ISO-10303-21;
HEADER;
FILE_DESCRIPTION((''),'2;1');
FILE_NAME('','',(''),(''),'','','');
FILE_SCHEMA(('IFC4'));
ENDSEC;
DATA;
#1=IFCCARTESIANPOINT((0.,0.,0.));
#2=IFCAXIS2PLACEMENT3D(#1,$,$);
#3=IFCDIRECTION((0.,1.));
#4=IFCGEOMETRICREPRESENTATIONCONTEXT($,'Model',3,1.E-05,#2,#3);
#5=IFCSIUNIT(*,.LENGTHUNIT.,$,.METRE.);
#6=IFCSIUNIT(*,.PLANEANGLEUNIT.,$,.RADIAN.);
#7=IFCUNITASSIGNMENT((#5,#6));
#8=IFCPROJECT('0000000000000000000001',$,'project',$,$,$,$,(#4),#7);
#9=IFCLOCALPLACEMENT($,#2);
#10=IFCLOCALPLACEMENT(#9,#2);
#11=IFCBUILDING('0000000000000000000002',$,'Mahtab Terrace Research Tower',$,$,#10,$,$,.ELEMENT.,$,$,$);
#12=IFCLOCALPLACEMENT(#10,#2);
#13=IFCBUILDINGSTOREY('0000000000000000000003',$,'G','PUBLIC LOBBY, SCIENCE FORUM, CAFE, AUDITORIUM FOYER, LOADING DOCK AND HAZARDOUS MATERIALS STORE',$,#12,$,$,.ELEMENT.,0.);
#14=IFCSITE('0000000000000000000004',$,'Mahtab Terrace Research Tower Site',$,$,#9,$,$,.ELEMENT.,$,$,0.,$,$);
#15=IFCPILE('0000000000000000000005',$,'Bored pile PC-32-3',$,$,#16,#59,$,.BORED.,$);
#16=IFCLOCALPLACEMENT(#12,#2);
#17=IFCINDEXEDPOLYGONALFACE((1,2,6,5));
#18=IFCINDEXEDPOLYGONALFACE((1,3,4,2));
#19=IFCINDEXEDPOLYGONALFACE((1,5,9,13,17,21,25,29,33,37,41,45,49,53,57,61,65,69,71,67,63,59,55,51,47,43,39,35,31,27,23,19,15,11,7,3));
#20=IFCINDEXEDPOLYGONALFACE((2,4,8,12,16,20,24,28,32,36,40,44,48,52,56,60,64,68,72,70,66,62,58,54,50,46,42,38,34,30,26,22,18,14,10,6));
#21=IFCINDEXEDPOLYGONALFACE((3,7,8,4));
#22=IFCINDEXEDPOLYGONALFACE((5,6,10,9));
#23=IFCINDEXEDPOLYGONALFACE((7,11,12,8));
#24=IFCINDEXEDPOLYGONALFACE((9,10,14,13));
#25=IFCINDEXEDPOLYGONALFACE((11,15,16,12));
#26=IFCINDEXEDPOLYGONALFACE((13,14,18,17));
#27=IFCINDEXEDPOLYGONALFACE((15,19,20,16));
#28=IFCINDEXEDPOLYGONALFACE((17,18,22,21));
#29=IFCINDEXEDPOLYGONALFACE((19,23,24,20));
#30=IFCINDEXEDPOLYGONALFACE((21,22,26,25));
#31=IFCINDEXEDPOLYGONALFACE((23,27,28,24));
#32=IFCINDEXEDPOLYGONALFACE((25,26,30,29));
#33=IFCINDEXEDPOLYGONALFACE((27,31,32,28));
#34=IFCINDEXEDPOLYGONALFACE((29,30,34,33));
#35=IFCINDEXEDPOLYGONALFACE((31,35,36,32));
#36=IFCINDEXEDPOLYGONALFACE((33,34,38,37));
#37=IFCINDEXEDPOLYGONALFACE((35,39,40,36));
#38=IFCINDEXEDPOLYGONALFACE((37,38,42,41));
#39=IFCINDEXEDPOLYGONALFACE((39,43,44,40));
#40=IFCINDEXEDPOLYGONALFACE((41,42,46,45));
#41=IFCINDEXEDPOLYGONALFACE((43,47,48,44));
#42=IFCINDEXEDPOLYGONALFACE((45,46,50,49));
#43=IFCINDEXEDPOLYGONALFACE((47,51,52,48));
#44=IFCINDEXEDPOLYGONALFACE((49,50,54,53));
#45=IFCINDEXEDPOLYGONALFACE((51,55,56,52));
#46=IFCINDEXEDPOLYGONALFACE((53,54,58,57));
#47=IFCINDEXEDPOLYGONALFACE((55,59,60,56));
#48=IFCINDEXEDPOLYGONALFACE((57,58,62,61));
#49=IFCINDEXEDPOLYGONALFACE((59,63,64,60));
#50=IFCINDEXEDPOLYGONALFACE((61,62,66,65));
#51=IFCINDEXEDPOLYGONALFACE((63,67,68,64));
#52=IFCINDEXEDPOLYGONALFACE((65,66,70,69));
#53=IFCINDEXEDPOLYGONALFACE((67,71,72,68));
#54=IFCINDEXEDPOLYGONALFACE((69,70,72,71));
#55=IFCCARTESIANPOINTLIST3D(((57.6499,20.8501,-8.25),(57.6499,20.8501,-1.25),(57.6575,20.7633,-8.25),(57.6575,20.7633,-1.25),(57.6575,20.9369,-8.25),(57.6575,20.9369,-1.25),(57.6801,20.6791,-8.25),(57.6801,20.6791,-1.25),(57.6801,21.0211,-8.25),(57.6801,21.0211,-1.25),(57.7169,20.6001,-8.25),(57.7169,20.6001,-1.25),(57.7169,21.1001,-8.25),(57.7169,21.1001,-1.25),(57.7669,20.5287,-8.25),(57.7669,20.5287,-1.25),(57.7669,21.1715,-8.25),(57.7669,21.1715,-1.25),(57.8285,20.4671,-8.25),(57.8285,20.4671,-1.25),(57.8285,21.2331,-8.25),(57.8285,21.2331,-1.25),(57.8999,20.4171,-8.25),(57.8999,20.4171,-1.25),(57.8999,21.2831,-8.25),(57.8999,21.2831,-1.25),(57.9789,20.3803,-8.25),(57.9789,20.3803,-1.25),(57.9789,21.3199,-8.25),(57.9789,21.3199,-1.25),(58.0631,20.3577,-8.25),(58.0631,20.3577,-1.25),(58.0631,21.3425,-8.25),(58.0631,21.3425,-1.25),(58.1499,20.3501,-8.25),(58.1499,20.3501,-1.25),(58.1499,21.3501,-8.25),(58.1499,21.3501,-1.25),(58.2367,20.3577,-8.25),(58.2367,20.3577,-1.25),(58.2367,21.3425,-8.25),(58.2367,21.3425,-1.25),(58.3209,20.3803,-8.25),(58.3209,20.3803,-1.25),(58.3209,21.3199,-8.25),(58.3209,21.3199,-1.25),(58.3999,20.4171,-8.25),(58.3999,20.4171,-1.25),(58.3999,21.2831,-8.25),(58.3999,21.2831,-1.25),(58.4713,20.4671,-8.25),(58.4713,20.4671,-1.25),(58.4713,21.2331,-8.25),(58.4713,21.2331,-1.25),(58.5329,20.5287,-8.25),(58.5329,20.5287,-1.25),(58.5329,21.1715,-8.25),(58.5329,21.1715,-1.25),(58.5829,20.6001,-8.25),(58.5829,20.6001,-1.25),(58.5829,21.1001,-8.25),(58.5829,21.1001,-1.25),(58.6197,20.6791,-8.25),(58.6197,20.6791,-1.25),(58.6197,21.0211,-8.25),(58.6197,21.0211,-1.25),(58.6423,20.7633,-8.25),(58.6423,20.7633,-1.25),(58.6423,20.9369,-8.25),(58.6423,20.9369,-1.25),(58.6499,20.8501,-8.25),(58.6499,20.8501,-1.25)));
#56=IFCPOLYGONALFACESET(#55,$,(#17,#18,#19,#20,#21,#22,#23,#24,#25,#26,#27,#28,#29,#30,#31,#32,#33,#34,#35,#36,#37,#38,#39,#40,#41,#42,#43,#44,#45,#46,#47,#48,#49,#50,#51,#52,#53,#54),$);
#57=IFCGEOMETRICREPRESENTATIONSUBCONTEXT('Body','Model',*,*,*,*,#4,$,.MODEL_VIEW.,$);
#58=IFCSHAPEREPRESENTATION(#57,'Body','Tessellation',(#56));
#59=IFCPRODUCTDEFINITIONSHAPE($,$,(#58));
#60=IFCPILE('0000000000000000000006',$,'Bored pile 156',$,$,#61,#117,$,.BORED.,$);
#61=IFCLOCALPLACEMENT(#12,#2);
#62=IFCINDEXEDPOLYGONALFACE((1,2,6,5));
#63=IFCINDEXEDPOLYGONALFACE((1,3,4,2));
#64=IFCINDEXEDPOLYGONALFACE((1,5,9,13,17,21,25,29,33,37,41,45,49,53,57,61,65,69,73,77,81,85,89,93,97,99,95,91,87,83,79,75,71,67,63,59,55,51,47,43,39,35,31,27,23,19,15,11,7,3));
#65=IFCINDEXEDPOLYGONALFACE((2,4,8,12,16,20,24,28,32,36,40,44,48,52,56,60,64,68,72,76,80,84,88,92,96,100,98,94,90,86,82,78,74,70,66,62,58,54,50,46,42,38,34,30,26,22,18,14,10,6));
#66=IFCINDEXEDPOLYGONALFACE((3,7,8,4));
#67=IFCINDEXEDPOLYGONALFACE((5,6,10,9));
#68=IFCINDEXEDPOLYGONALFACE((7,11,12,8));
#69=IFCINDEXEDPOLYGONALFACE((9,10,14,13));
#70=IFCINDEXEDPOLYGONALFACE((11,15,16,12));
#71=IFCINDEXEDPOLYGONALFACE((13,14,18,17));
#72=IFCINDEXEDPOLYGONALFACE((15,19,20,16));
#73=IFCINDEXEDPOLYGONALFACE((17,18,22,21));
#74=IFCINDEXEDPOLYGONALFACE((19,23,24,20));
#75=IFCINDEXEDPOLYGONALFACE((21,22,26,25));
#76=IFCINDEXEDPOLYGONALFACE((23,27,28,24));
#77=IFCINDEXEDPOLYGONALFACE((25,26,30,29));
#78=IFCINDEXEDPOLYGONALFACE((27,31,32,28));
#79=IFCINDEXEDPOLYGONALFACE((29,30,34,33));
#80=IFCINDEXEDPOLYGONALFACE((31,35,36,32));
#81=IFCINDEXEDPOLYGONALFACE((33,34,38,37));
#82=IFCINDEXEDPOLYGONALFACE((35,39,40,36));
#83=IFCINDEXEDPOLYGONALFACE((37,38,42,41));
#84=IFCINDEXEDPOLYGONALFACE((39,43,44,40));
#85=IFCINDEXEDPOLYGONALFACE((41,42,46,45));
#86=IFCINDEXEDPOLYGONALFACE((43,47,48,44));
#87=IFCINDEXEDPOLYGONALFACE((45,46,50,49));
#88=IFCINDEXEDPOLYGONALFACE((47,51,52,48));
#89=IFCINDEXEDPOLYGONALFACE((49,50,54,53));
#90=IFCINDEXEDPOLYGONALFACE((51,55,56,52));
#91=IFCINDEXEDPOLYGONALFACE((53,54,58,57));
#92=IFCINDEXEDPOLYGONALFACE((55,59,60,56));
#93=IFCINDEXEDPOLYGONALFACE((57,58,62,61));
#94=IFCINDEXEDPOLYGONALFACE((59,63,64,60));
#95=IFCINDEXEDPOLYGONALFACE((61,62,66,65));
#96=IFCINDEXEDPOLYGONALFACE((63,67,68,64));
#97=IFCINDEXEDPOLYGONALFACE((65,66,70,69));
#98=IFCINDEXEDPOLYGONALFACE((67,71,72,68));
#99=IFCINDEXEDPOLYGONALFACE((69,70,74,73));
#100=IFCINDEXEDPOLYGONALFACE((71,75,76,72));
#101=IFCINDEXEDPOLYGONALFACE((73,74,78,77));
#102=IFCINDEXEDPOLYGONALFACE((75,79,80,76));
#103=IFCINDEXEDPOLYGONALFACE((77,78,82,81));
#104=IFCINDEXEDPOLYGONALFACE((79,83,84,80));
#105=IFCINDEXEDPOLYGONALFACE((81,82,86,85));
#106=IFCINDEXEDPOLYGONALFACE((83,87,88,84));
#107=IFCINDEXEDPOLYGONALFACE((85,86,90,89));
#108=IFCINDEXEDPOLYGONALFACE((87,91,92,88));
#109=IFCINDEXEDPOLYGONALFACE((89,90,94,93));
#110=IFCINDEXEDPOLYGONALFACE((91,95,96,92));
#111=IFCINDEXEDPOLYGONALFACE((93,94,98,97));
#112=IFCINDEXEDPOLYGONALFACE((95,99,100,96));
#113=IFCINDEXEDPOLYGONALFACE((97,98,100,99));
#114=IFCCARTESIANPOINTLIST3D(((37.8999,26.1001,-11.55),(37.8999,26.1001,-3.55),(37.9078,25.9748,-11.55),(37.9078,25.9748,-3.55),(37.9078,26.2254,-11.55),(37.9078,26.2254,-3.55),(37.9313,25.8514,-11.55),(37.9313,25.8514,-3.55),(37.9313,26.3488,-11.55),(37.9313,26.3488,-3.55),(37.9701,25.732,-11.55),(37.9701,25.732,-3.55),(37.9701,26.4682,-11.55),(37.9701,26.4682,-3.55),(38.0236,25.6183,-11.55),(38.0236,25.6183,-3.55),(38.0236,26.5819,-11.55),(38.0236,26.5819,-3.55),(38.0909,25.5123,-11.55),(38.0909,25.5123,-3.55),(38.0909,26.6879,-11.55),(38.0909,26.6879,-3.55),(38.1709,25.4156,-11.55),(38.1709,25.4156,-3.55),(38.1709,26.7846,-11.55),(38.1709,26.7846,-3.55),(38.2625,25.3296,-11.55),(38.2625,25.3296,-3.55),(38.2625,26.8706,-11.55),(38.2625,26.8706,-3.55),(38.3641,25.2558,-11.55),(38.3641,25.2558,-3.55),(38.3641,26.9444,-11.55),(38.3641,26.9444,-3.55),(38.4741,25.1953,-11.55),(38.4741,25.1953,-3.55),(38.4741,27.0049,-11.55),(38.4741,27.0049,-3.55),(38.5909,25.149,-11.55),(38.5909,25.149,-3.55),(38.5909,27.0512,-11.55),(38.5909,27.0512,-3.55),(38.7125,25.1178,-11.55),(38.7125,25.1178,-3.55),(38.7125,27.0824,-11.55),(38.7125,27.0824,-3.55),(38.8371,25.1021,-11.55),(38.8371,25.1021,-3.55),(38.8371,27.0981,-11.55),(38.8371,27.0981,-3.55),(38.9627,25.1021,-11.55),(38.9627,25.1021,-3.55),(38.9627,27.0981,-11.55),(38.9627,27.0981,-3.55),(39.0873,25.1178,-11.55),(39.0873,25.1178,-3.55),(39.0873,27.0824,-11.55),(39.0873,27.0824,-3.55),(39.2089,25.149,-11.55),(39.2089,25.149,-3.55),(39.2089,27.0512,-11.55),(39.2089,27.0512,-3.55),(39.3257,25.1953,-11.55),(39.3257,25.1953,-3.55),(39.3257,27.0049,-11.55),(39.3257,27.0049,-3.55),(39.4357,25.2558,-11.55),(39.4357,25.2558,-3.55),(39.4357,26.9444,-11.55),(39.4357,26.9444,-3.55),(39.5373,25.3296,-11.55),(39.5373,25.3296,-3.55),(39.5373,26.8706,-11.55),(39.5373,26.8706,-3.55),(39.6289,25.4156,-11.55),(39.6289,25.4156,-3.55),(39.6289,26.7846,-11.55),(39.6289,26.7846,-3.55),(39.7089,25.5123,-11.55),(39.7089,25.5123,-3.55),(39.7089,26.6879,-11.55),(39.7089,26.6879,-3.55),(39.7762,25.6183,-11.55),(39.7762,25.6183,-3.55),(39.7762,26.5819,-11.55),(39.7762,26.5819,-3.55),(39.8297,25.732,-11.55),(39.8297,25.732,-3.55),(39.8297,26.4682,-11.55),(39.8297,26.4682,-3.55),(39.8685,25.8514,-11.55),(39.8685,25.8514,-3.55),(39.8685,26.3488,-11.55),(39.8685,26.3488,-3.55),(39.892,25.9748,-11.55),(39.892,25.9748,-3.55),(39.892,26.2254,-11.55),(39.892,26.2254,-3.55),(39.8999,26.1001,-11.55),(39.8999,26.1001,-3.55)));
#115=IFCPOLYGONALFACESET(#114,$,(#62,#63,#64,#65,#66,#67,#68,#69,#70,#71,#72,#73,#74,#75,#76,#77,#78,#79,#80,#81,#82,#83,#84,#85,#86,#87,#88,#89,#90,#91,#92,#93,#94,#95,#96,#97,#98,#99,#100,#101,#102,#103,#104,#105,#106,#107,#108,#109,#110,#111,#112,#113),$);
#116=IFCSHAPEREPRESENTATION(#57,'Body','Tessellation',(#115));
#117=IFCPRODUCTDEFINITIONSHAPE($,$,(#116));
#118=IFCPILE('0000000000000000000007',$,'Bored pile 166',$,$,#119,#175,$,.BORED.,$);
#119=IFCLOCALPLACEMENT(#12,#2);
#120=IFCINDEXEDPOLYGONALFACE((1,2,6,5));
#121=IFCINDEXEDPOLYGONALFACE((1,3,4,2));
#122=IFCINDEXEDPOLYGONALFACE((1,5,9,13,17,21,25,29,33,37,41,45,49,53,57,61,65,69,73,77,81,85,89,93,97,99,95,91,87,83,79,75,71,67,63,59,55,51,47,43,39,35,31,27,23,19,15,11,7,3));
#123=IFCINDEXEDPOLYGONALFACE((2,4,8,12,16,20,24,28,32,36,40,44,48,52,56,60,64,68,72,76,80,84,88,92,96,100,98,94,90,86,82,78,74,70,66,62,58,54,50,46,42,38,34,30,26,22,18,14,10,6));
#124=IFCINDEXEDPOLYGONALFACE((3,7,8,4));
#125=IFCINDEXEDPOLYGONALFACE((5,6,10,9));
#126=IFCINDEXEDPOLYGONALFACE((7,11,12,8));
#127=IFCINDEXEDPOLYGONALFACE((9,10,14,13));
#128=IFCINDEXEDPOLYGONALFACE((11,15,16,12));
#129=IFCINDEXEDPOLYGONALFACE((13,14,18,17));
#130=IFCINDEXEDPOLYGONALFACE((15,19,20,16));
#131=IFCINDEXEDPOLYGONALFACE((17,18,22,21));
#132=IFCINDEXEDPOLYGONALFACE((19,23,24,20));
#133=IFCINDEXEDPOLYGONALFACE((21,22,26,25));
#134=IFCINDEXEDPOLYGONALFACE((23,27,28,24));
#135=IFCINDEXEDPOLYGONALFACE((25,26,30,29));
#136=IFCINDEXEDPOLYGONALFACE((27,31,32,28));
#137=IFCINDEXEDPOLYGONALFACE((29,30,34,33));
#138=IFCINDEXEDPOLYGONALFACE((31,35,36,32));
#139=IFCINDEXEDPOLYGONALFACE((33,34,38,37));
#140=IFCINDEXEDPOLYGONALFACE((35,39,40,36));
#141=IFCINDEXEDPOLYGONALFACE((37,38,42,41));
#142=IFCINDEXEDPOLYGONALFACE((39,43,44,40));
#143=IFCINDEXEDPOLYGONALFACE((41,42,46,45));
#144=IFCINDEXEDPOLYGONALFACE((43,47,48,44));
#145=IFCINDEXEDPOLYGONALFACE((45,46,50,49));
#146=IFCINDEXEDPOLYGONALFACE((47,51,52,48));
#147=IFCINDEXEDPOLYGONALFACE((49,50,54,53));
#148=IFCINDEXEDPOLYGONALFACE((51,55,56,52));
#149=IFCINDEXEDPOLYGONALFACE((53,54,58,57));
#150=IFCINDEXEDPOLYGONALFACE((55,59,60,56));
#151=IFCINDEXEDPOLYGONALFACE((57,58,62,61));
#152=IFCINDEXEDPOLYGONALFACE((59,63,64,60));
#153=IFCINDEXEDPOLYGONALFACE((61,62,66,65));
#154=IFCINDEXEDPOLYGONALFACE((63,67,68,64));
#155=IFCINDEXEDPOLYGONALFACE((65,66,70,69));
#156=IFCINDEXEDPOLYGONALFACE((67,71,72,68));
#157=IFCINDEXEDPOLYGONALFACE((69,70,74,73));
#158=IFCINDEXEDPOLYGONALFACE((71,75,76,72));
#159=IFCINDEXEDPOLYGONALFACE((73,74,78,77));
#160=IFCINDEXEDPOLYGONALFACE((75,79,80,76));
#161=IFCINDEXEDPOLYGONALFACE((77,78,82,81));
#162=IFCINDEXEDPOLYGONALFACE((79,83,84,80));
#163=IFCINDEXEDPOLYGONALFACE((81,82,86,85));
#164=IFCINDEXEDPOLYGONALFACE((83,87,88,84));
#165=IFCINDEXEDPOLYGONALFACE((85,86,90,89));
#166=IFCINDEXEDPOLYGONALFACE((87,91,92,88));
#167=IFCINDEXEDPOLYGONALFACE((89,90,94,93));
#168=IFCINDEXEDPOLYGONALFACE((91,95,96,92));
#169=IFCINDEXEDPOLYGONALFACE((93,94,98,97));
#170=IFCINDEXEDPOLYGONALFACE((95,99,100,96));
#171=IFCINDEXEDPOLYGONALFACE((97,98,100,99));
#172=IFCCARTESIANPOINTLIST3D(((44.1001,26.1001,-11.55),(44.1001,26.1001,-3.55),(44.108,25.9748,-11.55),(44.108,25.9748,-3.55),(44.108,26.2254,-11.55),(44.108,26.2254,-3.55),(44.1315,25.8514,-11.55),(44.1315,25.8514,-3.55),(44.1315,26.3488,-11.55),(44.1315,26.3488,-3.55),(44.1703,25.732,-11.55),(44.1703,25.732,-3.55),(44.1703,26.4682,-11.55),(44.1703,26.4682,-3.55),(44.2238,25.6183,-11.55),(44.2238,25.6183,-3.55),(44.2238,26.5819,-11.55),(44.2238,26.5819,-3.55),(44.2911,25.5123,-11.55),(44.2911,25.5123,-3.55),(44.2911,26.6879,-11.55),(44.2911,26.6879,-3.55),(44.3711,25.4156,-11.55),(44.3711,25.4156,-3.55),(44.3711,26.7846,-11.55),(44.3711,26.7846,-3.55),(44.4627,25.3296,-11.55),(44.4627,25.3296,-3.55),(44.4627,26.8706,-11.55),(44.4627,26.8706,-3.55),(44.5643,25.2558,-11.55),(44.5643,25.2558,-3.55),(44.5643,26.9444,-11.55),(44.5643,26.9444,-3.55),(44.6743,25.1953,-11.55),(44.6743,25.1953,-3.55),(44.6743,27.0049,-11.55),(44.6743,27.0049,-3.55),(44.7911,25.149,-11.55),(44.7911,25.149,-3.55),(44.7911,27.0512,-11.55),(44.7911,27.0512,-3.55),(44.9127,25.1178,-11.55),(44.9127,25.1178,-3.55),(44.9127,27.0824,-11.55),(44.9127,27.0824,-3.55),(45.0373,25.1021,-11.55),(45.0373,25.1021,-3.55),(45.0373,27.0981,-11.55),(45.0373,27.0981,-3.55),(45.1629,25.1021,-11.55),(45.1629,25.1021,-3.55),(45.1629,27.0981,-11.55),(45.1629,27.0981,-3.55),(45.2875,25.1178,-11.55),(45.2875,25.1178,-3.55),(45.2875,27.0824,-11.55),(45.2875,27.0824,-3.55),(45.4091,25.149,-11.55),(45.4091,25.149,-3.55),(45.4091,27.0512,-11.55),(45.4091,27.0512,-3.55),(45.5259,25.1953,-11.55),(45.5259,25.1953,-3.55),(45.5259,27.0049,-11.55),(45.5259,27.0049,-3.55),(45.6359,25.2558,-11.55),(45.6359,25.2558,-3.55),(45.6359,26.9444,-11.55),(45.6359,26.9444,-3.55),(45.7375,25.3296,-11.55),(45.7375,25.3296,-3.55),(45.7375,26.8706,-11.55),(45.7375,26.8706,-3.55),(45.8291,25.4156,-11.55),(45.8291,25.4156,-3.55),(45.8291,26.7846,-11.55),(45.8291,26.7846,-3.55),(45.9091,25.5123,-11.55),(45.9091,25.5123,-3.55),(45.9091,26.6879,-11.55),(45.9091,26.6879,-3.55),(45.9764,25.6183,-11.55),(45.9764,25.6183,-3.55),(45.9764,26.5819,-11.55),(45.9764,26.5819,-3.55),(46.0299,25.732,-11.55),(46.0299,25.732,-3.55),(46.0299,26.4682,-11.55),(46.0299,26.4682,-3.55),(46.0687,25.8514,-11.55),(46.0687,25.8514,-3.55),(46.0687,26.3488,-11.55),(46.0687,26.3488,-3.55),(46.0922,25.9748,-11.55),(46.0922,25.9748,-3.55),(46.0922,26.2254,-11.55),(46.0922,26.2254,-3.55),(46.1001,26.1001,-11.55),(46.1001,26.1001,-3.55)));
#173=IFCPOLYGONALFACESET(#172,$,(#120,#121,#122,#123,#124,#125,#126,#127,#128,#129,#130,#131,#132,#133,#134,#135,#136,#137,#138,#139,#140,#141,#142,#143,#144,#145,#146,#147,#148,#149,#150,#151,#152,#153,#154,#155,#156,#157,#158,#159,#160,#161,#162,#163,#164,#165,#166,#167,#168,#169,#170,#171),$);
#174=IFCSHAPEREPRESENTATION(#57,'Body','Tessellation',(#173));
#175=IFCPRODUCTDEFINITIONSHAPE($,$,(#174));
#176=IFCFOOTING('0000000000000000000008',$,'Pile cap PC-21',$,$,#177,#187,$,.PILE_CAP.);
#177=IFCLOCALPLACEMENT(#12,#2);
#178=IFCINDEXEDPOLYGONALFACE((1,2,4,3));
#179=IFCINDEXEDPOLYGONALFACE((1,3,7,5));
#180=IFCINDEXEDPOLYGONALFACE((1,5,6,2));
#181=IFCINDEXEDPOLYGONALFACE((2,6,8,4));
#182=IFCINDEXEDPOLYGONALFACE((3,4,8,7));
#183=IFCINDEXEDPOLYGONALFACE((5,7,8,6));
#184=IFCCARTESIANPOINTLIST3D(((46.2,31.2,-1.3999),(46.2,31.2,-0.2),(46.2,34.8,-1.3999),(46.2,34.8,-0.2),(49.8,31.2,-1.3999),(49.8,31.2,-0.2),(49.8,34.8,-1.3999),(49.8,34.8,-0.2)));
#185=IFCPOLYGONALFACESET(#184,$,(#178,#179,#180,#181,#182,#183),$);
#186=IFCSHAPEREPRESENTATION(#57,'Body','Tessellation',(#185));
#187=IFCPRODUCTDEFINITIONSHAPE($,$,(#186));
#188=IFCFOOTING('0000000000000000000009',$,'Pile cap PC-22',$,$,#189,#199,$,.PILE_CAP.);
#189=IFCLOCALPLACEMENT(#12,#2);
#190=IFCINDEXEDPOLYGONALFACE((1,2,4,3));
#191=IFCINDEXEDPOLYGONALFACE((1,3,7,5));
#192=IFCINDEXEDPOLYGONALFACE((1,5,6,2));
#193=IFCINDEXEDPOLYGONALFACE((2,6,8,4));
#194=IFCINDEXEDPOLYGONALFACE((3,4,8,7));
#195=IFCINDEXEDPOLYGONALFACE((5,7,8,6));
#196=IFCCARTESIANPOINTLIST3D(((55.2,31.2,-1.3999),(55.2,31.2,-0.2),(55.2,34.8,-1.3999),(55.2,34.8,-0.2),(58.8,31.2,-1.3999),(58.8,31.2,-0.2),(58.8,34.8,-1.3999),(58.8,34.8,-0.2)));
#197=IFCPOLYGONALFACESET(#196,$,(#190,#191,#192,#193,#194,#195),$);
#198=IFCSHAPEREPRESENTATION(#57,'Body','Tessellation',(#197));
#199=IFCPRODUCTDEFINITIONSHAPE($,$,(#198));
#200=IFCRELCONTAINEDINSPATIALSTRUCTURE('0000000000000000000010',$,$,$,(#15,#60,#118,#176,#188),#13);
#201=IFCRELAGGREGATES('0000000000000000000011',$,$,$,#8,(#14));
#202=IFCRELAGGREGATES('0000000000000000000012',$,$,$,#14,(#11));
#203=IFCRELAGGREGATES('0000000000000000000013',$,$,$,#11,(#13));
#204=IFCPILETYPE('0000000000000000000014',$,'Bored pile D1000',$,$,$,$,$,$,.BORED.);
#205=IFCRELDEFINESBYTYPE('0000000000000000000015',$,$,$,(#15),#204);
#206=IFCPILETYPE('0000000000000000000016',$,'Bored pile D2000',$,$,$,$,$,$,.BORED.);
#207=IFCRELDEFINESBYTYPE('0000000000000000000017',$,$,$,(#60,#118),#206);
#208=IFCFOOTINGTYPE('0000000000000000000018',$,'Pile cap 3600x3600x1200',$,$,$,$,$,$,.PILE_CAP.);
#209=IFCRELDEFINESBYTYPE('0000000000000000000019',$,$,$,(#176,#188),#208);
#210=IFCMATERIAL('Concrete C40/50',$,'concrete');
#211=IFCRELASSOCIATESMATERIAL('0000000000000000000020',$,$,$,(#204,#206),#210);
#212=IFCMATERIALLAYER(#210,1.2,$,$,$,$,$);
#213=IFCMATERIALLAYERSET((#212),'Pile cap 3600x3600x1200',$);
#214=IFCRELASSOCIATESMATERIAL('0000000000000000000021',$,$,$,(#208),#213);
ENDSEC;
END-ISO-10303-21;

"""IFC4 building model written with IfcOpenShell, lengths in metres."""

from ifc_helpers import new_model, si_unit, direction, frame, origin, origin_2d, place, context, subcontext, project, spatial, rectangle, circle, extrude, material, layer, layer_set, material_profile, profile_set, type_object, element, save


model = new_model("IFC4")

# Units and contexts
model_context = context("Model", 3, precision=1e-05, world=origin(), true_north=direction((0.0, 1.0)))
body_context = subcontext(model_context, "Body", "Model", "MODEL_VIEW")
ifc_project = project(units=[si_unit("LENGTHUNIT", "METRE"), si_unit("PLANEANGLEUNIT", "RADIAN")], contexts=[model_context])

# Site, building, storey
site_placement = place(None, origin())
site = spatial("IfcSite", under=ifc_project, at=site_placement, Name="Mahtab Terrace Research Tower Site", CompositionType="ELEMENT", RefElevation=0.0)
building_placement = place(site_placement, origin())
building = spatial("IfcBuilding", under=site, at=building_placement, Name="Mahtab Terrace Research Tower", CompositionType="ELEMENT")
storey_placement = place(building_placement, origin())
storey = spatial("IfcBuildingStorey", under=building, at=storey_placement, Name="G", Description="PUBLIC LOBBY, SCIENCE FORUM, CAFE, AUDITORIUM FOYER, LOADING DOCK AND HAZARDOUS MATERIALS STORE", CompositionType="ELEMENT", Elevation=0.0)

# Piles
ifc_material_1 = material(Name="Concrete C40/50", Category="concrete")
ifc_material_profile_1 = material_profile(ifc_material_1, circle(Radius=0.5, at=origin_2d()), Name="Bored pile D1000")
ifc_profile_set_1 = profile_set([ifc_material_profile_1], Name="Concrete C40/50")
pile_type_1 = type_object("IfcPileType", Name="Bored pile D1000", PredefinedType="BORED", material=ifc_profile_set_1)
for number, where, z_axis, x_axis, name in (
    (1, (58.1499, 20.8501, -1.25), (0.0, 0.0, -1.0), (1.0, 0.0, 0.0), "Bored pile PC-32-3"),
):
    element("IfcPile", number, at=place(storey_placement, frame(where, z_axis=z_axis, x_axis=x_axis)), inside=storey, type_object=pile_type_1, Name=name, PredefinedType="BORED", context=body_context, shape_type="SweptSolid", body=[
        extrude(circle(Radius=0.5, at=origin_2d()), origin(), (0.0, 0.0, 1.0), 7.0),
    ])
ifc_material_profile_2 = material_profile(ifc_material_1, circle(Radius=1.0, at=origin_2d()), Name="Bored pile D2000")
ifc_profile_set_2 = profile_set([ifc_material_profile_2], Name="Concrete C40/50")
pile_type_2 = type_object("IfcPileType", Name="Bored pile D2000", PredefinedType="BORED", material=ifc_profile_set_2)
for number, where, z_axis, x_axis, name in (
    (2, (38.8999, 26.1001, -3.55), (0.0, 0.0, -1.0), (1.0, 0.0, 0.0), "Bored pile 156"),
    (3, (45.1001, 26.1001, -3.55), (0.0, 0.0, -1.0), (1.0, 0.0, 0.0), "Bored pile 166"),
):
    element("IfcPile", number, at=place(storey_placement, frame(where, z_axis=z_axis, x_axis=x_axis)), inside=storey, type_object=pile_type_2, Name=name, PredefinedType="BORED", context=body_context, shape_type="SweptSolid", body=[
        extrude(circle(Radius=1.0, at=origin_2d()), origin(), (0.0, 0.0, 1.0), 8.0),
    ])

# Footings
ifc_layer = layer(ifc_material_1, 1.2)
ifc_layer_set = layer_set([ifc_layer], Name="Pile cap 3600x3600x1200")
footing_type = type_object("IfcFootingType", Name="Pile cap 3600x3600x1200", PredefinedType="PILE_CAP", material=ifc_layer_set)
for number, where, z_axis, x_axis, name in (
    (4, (48.0, 33.0, -1.3999), (0.0, 0.0, 1.0), (1.0, 0.0, 0.0), "Pile cap PC-21"),
    (5, (57.0, 33.0, -1.3999), (0.0, 0.0, 1.0), (1.0, 0.0, 0.0), "Pile cap PC-22"),
):
    element("IfcFooting", number, at=place(storey_placement, frame(where, z_axis=z_axis, x_axis=x_axis)), inside=storey, type_object=footing_type, Name=name, PredefinedType="PILE_CAP", context=body_context, shape_type="SweptSolid", body=[
        extrude(rectangle(XDim=3.6001, YDim=3.6001, at=origin_2d()), origin(), (0.0, 0.0, 1.0), 1.2),
    ])

save(model, "model.ifc")
